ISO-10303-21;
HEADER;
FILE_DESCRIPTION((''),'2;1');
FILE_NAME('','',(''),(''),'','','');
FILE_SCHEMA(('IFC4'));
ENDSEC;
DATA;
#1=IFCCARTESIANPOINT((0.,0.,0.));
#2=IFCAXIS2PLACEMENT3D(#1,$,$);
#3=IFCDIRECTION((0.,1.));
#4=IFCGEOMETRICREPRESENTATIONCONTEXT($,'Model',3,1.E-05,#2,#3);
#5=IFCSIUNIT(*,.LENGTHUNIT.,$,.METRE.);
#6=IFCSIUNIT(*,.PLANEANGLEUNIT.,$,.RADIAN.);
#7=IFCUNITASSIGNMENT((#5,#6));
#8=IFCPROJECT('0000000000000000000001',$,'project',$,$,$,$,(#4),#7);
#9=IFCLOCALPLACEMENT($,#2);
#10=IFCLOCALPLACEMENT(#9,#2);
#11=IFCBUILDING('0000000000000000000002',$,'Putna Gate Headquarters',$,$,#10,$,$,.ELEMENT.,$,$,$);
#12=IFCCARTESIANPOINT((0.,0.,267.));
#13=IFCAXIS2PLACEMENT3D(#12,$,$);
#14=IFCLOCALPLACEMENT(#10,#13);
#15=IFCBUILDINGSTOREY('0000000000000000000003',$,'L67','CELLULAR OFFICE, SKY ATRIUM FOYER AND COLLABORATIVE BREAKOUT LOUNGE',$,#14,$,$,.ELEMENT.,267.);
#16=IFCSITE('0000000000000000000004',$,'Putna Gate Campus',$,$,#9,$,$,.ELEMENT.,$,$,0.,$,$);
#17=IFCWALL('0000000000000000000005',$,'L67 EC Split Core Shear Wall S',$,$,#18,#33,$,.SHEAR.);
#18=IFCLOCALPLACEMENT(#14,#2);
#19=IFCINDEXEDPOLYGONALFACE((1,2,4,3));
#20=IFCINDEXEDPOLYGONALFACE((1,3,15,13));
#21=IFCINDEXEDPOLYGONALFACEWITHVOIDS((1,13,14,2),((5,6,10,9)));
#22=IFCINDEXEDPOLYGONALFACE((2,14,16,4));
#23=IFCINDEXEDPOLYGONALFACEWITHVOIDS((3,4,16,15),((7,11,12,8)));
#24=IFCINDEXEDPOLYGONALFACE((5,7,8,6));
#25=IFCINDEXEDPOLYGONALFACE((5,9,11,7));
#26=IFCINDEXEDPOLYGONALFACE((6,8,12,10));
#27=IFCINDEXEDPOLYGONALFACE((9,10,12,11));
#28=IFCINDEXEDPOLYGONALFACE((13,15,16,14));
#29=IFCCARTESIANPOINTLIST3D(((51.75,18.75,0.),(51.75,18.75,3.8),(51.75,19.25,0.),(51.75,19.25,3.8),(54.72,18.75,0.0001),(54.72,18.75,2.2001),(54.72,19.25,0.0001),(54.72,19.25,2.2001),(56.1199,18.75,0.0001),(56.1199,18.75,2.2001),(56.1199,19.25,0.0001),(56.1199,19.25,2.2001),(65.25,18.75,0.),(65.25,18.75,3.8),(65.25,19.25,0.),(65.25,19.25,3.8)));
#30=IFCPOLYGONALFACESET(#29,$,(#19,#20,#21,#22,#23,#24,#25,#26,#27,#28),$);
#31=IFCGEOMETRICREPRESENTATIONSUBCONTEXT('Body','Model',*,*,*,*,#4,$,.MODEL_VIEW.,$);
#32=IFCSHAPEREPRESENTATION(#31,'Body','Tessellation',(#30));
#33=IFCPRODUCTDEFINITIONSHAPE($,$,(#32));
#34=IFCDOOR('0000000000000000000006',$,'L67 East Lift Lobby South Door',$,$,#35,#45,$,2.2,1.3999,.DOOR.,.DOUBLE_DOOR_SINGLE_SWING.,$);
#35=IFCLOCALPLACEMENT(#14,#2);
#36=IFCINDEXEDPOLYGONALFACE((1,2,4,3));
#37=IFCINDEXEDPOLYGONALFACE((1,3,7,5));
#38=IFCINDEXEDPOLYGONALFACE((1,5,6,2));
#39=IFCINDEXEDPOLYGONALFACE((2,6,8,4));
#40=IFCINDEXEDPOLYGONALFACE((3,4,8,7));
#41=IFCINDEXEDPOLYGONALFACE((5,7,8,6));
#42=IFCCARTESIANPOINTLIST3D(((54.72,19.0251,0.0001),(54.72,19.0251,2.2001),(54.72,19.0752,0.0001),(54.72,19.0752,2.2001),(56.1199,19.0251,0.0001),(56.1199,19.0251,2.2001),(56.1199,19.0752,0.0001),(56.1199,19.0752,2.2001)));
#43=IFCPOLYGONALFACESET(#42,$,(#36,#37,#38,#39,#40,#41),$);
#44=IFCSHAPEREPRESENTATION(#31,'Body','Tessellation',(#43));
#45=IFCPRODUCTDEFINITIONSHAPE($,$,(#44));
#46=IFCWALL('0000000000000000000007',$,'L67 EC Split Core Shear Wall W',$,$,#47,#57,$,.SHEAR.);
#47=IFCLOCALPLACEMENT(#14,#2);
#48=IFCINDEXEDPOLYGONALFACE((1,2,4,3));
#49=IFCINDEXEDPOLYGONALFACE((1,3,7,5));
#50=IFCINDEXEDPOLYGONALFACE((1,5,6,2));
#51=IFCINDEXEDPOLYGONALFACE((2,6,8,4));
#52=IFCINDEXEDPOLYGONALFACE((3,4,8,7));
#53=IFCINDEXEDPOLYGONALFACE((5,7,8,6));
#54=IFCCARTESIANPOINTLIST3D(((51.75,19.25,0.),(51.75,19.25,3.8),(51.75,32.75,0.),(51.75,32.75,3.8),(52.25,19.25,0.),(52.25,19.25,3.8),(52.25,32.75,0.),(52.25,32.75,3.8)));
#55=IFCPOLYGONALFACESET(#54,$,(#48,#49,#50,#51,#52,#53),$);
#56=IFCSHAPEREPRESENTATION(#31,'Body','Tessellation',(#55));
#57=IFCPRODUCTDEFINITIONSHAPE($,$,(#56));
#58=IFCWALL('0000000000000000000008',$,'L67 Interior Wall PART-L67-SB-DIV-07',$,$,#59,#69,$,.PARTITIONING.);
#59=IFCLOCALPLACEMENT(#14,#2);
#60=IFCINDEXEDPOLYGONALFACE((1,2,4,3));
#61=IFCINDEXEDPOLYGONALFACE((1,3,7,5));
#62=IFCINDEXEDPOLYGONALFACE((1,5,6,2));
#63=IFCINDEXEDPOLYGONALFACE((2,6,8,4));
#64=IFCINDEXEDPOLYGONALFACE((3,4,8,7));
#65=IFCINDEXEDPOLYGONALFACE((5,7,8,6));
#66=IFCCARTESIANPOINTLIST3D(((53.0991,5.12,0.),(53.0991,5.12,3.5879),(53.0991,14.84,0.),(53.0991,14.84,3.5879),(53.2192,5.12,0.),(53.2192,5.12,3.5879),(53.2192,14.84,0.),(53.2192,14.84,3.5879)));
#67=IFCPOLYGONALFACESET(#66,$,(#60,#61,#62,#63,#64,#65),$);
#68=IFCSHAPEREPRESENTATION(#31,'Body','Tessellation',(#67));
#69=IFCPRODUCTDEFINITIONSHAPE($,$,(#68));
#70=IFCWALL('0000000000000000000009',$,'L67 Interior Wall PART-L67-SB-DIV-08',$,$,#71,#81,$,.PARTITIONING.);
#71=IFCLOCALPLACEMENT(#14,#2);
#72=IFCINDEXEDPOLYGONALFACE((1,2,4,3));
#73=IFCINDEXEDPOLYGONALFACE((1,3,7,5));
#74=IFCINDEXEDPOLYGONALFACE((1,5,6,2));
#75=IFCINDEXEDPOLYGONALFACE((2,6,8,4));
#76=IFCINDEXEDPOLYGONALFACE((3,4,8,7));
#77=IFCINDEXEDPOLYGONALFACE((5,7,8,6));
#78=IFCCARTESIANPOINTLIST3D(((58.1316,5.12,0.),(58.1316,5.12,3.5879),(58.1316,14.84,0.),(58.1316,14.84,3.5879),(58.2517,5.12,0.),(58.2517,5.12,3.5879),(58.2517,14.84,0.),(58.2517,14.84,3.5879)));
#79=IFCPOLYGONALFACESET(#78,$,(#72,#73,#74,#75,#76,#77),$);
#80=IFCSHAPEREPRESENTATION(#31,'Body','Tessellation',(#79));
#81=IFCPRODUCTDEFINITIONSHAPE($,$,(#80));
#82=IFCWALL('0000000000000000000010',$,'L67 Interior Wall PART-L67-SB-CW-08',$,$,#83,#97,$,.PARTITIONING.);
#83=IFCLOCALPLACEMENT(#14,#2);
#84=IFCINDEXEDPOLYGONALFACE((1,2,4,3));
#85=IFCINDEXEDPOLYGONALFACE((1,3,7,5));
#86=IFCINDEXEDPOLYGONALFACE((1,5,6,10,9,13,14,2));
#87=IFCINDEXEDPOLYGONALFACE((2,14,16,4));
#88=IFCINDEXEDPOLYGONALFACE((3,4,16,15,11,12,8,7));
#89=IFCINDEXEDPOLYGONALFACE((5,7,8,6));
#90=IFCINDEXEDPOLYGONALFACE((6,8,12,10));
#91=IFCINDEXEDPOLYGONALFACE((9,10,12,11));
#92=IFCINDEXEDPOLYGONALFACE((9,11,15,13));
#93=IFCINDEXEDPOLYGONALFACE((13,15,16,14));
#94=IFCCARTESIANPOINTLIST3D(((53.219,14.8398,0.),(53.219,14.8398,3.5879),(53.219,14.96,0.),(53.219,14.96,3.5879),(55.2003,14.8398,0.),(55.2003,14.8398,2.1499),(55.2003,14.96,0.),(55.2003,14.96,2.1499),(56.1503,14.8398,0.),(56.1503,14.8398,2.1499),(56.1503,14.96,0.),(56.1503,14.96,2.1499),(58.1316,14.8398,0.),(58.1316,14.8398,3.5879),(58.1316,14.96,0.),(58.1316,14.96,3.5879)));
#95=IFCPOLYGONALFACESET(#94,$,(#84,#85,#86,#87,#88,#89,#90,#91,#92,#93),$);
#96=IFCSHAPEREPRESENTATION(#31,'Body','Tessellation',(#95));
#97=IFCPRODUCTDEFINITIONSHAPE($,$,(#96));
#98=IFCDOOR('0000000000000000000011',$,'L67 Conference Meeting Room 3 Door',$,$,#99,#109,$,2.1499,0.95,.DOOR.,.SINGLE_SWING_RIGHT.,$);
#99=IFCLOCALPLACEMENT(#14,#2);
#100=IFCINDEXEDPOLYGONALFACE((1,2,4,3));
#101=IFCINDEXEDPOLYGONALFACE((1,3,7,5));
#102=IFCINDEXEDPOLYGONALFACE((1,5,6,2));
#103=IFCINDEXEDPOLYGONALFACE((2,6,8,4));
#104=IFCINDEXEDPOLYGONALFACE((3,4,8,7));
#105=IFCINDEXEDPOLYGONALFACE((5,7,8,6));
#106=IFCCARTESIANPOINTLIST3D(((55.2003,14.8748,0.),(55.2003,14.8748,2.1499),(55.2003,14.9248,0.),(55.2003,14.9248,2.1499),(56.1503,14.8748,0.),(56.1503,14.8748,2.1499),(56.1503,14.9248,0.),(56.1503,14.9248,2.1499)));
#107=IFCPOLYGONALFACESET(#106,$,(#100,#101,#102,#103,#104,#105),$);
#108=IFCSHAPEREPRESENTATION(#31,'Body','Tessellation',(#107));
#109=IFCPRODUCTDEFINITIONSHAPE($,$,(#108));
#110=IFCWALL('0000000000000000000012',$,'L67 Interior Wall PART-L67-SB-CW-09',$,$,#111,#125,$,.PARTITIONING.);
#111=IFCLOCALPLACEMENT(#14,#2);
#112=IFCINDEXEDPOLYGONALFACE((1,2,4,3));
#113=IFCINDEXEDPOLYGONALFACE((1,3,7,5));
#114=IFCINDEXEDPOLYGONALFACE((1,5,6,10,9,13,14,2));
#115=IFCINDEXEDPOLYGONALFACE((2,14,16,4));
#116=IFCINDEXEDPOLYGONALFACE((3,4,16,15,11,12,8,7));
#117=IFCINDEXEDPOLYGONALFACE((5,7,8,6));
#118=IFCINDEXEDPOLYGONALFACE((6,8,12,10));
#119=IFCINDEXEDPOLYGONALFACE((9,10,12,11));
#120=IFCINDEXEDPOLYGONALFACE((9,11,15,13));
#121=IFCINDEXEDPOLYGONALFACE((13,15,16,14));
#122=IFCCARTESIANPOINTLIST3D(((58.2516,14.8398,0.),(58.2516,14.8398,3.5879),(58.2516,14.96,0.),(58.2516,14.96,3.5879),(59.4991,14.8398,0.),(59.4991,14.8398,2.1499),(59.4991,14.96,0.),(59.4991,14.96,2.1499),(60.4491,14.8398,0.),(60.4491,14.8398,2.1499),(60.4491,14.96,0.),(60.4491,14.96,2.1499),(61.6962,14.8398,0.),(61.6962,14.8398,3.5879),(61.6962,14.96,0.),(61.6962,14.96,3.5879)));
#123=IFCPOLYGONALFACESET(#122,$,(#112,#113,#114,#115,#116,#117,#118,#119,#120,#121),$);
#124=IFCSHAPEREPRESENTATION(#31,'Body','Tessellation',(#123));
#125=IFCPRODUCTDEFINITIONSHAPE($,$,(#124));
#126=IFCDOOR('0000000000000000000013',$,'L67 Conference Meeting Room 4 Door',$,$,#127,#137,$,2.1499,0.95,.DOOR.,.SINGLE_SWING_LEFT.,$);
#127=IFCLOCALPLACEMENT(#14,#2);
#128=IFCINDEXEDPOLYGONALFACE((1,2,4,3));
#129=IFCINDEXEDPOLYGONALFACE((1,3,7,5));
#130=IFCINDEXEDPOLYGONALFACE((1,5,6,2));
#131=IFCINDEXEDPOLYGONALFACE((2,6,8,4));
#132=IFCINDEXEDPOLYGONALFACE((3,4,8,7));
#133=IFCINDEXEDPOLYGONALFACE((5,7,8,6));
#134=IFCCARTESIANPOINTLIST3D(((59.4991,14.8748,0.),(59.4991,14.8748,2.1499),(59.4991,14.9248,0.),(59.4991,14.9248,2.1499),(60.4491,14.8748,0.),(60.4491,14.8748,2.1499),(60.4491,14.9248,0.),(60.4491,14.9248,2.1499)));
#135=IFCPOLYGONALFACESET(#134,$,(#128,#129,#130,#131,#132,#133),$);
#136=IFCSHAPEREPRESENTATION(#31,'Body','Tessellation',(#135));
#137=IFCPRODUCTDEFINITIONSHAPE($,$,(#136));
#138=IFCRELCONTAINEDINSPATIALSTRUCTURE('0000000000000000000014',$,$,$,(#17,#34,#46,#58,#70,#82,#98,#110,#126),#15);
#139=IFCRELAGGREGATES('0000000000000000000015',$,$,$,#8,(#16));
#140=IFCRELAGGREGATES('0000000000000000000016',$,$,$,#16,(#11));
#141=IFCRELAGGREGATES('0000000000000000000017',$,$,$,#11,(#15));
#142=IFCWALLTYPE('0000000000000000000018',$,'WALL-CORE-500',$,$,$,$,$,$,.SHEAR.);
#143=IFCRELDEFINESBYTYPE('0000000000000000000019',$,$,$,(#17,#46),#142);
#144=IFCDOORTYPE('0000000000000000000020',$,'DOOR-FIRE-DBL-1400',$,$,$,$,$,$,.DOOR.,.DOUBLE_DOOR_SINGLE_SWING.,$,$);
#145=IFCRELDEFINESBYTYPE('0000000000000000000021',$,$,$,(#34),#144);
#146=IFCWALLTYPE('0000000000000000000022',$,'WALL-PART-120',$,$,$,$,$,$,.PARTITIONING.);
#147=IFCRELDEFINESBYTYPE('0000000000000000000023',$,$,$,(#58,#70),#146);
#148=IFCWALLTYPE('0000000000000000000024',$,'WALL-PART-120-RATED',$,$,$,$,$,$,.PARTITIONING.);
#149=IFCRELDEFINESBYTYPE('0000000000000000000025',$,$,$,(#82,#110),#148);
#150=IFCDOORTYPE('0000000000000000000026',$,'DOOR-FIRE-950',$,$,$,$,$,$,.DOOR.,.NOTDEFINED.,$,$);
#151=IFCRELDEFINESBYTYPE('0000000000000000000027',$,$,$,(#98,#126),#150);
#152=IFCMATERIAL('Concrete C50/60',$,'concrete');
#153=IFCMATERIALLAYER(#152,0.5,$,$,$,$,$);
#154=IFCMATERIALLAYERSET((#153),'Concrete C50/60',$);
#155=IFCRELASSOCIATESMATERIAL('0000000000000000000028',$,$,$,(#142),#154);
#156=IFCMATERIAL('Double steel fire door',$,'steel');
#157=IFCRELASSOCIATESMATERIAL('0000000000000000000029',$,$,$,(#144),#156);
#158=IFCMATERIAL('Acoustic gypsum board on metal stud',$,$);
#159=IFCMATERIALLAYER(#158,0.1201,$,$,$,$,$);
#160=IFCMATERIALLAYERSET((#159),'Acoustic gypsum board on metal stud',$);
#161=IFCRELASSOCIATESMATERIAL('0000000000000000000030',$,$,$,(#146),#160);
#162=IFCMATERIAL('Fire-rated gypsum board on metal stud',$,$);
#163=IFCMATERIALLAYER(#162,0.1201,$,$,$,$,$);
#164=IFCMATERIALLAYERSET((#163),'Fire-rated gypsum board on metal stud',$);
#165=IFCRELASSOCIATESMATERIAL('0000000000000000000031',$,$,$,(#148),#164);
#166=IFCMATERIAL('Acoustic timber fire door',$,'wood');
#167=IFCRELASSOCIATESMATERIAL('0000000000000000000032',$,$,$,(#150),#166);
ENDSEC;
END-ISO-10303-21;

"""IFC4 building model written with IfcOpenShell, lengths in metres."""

from ifc_helpers import new_model, si_unit, direction, frame, frame_2d, origin, place, context, subcontext, project, spatial, rectangle, extrude, material, layer, layer_set, type_object, element, fill, save


model = new_model("IFC4")

# Units and contexts
model_context = context("Model", 3, precision=1e-05, world=origin(), true_north=direction((0.0, 1.0)))
body_context = subcontext(model_context, "Body", "Model", "MODEL_VIEW")
ifc_project = project(units=[si_unit("LENGTHUNIT", "METRE"), si_unit("PLANEANGLEUNIT", "RADIAN")], contexts=[model_context])

# Site, building, storey
site_placement = place(None, origin())
site = spatial("IfcSite", under=ifc_project, at=site_placement, Name="Putna Gate Campus", CompositionType="ELEMENT", RefElevation=0.0)
building_placement = place(site_placement, origin())
building = spatial("IfcBuilding", under=site, at=building_placement, Name="Putna Gate Headquarters", CompositionType="ELEMENT")
storey_placement = place(building_placement, frame((0.0, 0.0, 267.0)))
storey = spatial("IfcBuildingStorey", under=building, at=storey_placement, Name="L67", Description="CELLULAR OFFICE, SKY ATRIUM FOYER AND COLLABORATIVE BREAKOUT LOUNGE", CompositionType="ELEMENT", Elevation=267.0)

# Wall, opening, door
ifc_material_1 = material(Name="Concrete C50/60", Category="concrete")
ifc_layer_1 = layer(ifc_material_1, 0.5)
ifc_layer_set_1 = layer_set([ifc_layer_1], Name="Concrete C50/60")
wall_type_1 = type_object("IfcWallType", Name="WALL-CORE-500", PredefinedType="SHEAR", material=ifc_layer_set_1)
wall_1_placement = place(storey_placement, frame((51.75, 19.0, 0.0), z_axis=(0.0, 0.0, 1.0), x_axis=(1.0, 0.0, 0.0)))
wall_1 = element("IfcWall", 1, at=wall_1_placement, inside=storey, type_object=wall_type_1, Name="L67 EC Split Core Shear Wall S", PredefinedType="SHEAR", context=body_context, shape_type="SweptSolid", body=[
    extrude(rectangle(XDim=13.5, YDim=0.5, at=frame_2d((6.75, 0.0))), origin(), (0.0, 0.0, 1.0), 3.8),
])
opening_1_placement = place(wall_1_placement, frame((2.97, 0.0, 0.0)))
opening_1 = element("IfcOpeningElement", 2, at=opening_1_placement, cuts=wall_1, PredefinedType="OPENING", context=body_context, shape_type="SweptSolid", body=[
    extrude(rectangle(XDim=1.3999, YDim=2.2, at=frame_2d((0.7, 1.1001))), frame((0.0, 0.26, 0.0), z_axis=(0.0, -1.0, 0.0), x_axis=(1.0, 0.0, 0.0)), (0.0, 0.0, 1.0), 0.52),
])
ifc_material_2 = material(Name="Double steel fire door", Category="steel")
door_type_1 = type_object("IfcDoorType", Name="DOOR-FIRE-DBL-1400", OperationType="DOUBLE_DOOR_SINGLE_SWING", PredefinedType="DOOR", material=ifc_material_2)
door_1_placement = place(opening_1_placement, origin())
door_1 = element("IfcDoor", 3, at=door_1_placement, inside=storey, type_object=door_type_1, Name="L67 East Lift Lobby South Door", OperationType="DOUBLE_DOOR_SINGLE_SWING", OverallHeight=2.2, OverallWidth=1.3999, PredefinedType="DOOR", context=body_context, shape_type="SweptSolid", body=[
    extrude(rectangle(XDim=1.3999, YDim=2.2, at=frame_2d((0.7, 1.1001))), frame((0.0, 0.0752, 0.0), z_axis=(0.0, -1.0, 0.0), x_axis=(1.0, 0.0, 0.0)), (0.0, 0.0, 1.0), 0.05),
])
fill(opening_1, door_1)

# Walls
wall_2_placement = place(storey_placement, frame((52.0, 19.25, 0.0), z_axis=(0.0, 0.0, 1.0), x_axis=(0.0, 1.0, 0.0)))
element("IfcWall", 4, at=wall_2_placement, inside=storey, type_object=wall_type_1, Name="L67 EC Split Core Shear Wall W", PredefinedType="SHEAR", context=body_context, shape_type="SweptSolid", body=[
    extrude(rectangle(XDim=13.5, YDim=0.5, at=frame_2d((6.75, 0.0))), origin(), (0.0, 0.0, 1.0), 3.8),
])
ifc_material_3 = material(Name="Acoustic gypsum board on metal stud")
ifc_layer_2 = layer(ifc_material_3, 0.1201)
ifc_layer_set_2 = layer_set([ifc_layer_2], Name="Acoustic gypsum board on metal stud")
wall_type_2 = type_object("IfcWallType", Name="WALL-PART-120", PredefinedType="PARTITIONING", material=ifc_layer_set_2)
for number, where, z_axis, x_axis, name in (
    (5, (53.1592, 5.1201, 0.0), (0.0, 0.0, 1.0), (0.0, 1.0, 0.0), "L67 Interior Wall PART-L67-SB-DIV-07"),
    (6, (58.1917, 5.1201, 0.0), (0.0, 0.0, 1.0), (0.0, 1.0, 0.0), "L67 Interior Wall PART-L67-SB-DIV-08"),
):
    element("IfcWall", number, at=place(storey_placement, frame(where, z_axis=z_axis, x_axis=x_axis)), inside=storey, type_object=wall_type_2, Name=name, PredefinedType="PARTITIONING", context=body_context, shape_type="SweptSolid", body=[
        extrude(rectangle(XDim=9.72, YDim=0.1201, at=frame_2d((4.8599, 0.0))), origin(), (0.0, 0.0, 1.0), 3.5879),
    ])

# Walls, openings, doors
ifc_material_4 = material(Name="Fire-rated gypsum board on metal stud")
ifc_layer_3 = layer(ifc_material_4, 0.1201)
ifc_layer_set_3 = layer_set([ifc_layer_3], Name="Fire-rated gypsum board on metal stud")
wall_type_3 = type_object("IfcWallType", Name="WALL-PART-120-RATED", PredefinedType="PARTITIONING", material=ifc_layer_set_3)
wall_3_placement = place(storey_placement, frame((53.219, 14.8999, 0.0), z_axis=(0.0, 0.0, 1.0), x_axis=(1.0, 0.0, 0.0)))
wall_3 = element("IfcWall", 7, at=wall_3_placement, inside=storey, type_object=wall_type_3, Name="L67 Interior Wall PART-L67-SB-CW-08", PredefinedType="PARTITIONING", context=body_context, shape_type="SweptSolid", body=[
    extrude(rectangle(XDim=4.9126, YDim=0.1201, at=frame_2d((2.4563, 0.0))), origin(), (0.0, 0.0, 1.0), 3.5879),
])
opening_2_placement = place(wall_3_placement, frame((1.9812, 0.0, 0.0)))
opening_2 = element("IfcOpeningElement", 8, at=opening_2_placement, cuts=wall_3, PredefinedType="OPENING", context=body_context, shape_type="SweptSolid", body=[
    extrude(rectangle(XDim=0.95, YDim=2.1499, at=frame_2d((0.4751, 1.075))), frame((0.0, 0.0701, 0.0), z_axis=(0.0, -1.0, 0.0), x_axis=(1.0, 0.0, 0.0)), (0.0, 0.0, 1.0), 0.1401),
])
ifc_material_5 = material(Name="Acoustic timber fire door", Category="wood")
door_type_2 = type_object("IfcDoorType", Name="DOOR-FIRE-950", OperationType="NOTDEFINED", PredefinedType="DOOR", material=ifc_material_5)
door_2_placement = place(opening_2_placement, origin())
door_2 = element("IfcDoor", 9, at=door_2_placement, inside=storey, type_object=door_type_2, Name="L67 Conference Meeting Room 3 Door", OperationType="SINGLE_SWING_RIGHT", OverallHeight=2.1499, OverallWidth=0.95, PredefinedType="DOOR", context=body_context, shape_type="SweptSolid", body=[
    extrude(rectangle(XDim=0.95, YDim=2.1499, at=frame_2d((0.4751, 1.075))), frame((0.0, 0.0249, 0.0), z_axis=(0.0, -1.0, 0.0), x_axis=(1.0, 0.0, 0.0)), (0.0, 0.0, 1.0), 0.05),
])
fill(opening_2, door_2)
wall_4_placement = place(storey_placement, frame((58.2517, 14.8999, 0.0), z_axis=(0.0, 0.0, 1.0), x_axis=(1.0, 0.0, 0.0)))
wall_4 = element("IfcWall", 10, at=wall_4_placement, inside=storey, type_object=wall_type_3, Name="L67 Interior Wall PART-L67-SB-CW-09", PredefinedType="PARTITIONING", context=body_context, shape_type="SweptSolid", body=[
    extrude(rectangle(XDim=3.4446, YDim=0.1201, at=frame_2d((1.7222, 0.0))), origin(), (0.0, 0.0, 1.0), 3.5879),
])
opening_3_placement = place(wall_4_placement, frame((1.2473, 0.0, 0.0)))
opening_3 = element("IfcOpeningElement", 11, at=opening_3_placement, cuts=wall_4, PredefinedType="OPENING", context=body_context, shape_type="SweptSolid", body=[
    extrude(rectangle(XDim=0.95, YDim=2.1499, at=frame_2d((0.4751, 1.075))), frame((0.0, 0.0701, 0.0), z_axis=(0.0, -1.0, 0.0), x_axis=(1.0, 0.0, 0.0)), (0.0, 0.0, 1.0), 0.1401),
])
door_3_placement = place(opening_3_placement, origin())
door_3 = element("IfcDoor", 12, at=door_3_placement, inside=storey, type_object=door_type_2, Name="L67 Conference Meeting Room 4 Door", OperationType="SINGLE_SWING_LEFT", OverallHeight=2.1499, OverallWidth=0.95, PredefinedType="DOOR", context=body_context, shape_type="SweptSolid", body=[
    extrude(rectangle(XDim=0.95, YDim=2.1499, at=frame_2d((0.4751, 1.075))), frame((0.0, 0.0249, 0.0), z_axis=(0.0, -1.0, 0.0), x_axis=(1.0, 0.0, 0.0)), (0.0, 0.0, 1.0), 0.05),
])
fill(opening_3, door_3)

save(model, "model.ifc")
